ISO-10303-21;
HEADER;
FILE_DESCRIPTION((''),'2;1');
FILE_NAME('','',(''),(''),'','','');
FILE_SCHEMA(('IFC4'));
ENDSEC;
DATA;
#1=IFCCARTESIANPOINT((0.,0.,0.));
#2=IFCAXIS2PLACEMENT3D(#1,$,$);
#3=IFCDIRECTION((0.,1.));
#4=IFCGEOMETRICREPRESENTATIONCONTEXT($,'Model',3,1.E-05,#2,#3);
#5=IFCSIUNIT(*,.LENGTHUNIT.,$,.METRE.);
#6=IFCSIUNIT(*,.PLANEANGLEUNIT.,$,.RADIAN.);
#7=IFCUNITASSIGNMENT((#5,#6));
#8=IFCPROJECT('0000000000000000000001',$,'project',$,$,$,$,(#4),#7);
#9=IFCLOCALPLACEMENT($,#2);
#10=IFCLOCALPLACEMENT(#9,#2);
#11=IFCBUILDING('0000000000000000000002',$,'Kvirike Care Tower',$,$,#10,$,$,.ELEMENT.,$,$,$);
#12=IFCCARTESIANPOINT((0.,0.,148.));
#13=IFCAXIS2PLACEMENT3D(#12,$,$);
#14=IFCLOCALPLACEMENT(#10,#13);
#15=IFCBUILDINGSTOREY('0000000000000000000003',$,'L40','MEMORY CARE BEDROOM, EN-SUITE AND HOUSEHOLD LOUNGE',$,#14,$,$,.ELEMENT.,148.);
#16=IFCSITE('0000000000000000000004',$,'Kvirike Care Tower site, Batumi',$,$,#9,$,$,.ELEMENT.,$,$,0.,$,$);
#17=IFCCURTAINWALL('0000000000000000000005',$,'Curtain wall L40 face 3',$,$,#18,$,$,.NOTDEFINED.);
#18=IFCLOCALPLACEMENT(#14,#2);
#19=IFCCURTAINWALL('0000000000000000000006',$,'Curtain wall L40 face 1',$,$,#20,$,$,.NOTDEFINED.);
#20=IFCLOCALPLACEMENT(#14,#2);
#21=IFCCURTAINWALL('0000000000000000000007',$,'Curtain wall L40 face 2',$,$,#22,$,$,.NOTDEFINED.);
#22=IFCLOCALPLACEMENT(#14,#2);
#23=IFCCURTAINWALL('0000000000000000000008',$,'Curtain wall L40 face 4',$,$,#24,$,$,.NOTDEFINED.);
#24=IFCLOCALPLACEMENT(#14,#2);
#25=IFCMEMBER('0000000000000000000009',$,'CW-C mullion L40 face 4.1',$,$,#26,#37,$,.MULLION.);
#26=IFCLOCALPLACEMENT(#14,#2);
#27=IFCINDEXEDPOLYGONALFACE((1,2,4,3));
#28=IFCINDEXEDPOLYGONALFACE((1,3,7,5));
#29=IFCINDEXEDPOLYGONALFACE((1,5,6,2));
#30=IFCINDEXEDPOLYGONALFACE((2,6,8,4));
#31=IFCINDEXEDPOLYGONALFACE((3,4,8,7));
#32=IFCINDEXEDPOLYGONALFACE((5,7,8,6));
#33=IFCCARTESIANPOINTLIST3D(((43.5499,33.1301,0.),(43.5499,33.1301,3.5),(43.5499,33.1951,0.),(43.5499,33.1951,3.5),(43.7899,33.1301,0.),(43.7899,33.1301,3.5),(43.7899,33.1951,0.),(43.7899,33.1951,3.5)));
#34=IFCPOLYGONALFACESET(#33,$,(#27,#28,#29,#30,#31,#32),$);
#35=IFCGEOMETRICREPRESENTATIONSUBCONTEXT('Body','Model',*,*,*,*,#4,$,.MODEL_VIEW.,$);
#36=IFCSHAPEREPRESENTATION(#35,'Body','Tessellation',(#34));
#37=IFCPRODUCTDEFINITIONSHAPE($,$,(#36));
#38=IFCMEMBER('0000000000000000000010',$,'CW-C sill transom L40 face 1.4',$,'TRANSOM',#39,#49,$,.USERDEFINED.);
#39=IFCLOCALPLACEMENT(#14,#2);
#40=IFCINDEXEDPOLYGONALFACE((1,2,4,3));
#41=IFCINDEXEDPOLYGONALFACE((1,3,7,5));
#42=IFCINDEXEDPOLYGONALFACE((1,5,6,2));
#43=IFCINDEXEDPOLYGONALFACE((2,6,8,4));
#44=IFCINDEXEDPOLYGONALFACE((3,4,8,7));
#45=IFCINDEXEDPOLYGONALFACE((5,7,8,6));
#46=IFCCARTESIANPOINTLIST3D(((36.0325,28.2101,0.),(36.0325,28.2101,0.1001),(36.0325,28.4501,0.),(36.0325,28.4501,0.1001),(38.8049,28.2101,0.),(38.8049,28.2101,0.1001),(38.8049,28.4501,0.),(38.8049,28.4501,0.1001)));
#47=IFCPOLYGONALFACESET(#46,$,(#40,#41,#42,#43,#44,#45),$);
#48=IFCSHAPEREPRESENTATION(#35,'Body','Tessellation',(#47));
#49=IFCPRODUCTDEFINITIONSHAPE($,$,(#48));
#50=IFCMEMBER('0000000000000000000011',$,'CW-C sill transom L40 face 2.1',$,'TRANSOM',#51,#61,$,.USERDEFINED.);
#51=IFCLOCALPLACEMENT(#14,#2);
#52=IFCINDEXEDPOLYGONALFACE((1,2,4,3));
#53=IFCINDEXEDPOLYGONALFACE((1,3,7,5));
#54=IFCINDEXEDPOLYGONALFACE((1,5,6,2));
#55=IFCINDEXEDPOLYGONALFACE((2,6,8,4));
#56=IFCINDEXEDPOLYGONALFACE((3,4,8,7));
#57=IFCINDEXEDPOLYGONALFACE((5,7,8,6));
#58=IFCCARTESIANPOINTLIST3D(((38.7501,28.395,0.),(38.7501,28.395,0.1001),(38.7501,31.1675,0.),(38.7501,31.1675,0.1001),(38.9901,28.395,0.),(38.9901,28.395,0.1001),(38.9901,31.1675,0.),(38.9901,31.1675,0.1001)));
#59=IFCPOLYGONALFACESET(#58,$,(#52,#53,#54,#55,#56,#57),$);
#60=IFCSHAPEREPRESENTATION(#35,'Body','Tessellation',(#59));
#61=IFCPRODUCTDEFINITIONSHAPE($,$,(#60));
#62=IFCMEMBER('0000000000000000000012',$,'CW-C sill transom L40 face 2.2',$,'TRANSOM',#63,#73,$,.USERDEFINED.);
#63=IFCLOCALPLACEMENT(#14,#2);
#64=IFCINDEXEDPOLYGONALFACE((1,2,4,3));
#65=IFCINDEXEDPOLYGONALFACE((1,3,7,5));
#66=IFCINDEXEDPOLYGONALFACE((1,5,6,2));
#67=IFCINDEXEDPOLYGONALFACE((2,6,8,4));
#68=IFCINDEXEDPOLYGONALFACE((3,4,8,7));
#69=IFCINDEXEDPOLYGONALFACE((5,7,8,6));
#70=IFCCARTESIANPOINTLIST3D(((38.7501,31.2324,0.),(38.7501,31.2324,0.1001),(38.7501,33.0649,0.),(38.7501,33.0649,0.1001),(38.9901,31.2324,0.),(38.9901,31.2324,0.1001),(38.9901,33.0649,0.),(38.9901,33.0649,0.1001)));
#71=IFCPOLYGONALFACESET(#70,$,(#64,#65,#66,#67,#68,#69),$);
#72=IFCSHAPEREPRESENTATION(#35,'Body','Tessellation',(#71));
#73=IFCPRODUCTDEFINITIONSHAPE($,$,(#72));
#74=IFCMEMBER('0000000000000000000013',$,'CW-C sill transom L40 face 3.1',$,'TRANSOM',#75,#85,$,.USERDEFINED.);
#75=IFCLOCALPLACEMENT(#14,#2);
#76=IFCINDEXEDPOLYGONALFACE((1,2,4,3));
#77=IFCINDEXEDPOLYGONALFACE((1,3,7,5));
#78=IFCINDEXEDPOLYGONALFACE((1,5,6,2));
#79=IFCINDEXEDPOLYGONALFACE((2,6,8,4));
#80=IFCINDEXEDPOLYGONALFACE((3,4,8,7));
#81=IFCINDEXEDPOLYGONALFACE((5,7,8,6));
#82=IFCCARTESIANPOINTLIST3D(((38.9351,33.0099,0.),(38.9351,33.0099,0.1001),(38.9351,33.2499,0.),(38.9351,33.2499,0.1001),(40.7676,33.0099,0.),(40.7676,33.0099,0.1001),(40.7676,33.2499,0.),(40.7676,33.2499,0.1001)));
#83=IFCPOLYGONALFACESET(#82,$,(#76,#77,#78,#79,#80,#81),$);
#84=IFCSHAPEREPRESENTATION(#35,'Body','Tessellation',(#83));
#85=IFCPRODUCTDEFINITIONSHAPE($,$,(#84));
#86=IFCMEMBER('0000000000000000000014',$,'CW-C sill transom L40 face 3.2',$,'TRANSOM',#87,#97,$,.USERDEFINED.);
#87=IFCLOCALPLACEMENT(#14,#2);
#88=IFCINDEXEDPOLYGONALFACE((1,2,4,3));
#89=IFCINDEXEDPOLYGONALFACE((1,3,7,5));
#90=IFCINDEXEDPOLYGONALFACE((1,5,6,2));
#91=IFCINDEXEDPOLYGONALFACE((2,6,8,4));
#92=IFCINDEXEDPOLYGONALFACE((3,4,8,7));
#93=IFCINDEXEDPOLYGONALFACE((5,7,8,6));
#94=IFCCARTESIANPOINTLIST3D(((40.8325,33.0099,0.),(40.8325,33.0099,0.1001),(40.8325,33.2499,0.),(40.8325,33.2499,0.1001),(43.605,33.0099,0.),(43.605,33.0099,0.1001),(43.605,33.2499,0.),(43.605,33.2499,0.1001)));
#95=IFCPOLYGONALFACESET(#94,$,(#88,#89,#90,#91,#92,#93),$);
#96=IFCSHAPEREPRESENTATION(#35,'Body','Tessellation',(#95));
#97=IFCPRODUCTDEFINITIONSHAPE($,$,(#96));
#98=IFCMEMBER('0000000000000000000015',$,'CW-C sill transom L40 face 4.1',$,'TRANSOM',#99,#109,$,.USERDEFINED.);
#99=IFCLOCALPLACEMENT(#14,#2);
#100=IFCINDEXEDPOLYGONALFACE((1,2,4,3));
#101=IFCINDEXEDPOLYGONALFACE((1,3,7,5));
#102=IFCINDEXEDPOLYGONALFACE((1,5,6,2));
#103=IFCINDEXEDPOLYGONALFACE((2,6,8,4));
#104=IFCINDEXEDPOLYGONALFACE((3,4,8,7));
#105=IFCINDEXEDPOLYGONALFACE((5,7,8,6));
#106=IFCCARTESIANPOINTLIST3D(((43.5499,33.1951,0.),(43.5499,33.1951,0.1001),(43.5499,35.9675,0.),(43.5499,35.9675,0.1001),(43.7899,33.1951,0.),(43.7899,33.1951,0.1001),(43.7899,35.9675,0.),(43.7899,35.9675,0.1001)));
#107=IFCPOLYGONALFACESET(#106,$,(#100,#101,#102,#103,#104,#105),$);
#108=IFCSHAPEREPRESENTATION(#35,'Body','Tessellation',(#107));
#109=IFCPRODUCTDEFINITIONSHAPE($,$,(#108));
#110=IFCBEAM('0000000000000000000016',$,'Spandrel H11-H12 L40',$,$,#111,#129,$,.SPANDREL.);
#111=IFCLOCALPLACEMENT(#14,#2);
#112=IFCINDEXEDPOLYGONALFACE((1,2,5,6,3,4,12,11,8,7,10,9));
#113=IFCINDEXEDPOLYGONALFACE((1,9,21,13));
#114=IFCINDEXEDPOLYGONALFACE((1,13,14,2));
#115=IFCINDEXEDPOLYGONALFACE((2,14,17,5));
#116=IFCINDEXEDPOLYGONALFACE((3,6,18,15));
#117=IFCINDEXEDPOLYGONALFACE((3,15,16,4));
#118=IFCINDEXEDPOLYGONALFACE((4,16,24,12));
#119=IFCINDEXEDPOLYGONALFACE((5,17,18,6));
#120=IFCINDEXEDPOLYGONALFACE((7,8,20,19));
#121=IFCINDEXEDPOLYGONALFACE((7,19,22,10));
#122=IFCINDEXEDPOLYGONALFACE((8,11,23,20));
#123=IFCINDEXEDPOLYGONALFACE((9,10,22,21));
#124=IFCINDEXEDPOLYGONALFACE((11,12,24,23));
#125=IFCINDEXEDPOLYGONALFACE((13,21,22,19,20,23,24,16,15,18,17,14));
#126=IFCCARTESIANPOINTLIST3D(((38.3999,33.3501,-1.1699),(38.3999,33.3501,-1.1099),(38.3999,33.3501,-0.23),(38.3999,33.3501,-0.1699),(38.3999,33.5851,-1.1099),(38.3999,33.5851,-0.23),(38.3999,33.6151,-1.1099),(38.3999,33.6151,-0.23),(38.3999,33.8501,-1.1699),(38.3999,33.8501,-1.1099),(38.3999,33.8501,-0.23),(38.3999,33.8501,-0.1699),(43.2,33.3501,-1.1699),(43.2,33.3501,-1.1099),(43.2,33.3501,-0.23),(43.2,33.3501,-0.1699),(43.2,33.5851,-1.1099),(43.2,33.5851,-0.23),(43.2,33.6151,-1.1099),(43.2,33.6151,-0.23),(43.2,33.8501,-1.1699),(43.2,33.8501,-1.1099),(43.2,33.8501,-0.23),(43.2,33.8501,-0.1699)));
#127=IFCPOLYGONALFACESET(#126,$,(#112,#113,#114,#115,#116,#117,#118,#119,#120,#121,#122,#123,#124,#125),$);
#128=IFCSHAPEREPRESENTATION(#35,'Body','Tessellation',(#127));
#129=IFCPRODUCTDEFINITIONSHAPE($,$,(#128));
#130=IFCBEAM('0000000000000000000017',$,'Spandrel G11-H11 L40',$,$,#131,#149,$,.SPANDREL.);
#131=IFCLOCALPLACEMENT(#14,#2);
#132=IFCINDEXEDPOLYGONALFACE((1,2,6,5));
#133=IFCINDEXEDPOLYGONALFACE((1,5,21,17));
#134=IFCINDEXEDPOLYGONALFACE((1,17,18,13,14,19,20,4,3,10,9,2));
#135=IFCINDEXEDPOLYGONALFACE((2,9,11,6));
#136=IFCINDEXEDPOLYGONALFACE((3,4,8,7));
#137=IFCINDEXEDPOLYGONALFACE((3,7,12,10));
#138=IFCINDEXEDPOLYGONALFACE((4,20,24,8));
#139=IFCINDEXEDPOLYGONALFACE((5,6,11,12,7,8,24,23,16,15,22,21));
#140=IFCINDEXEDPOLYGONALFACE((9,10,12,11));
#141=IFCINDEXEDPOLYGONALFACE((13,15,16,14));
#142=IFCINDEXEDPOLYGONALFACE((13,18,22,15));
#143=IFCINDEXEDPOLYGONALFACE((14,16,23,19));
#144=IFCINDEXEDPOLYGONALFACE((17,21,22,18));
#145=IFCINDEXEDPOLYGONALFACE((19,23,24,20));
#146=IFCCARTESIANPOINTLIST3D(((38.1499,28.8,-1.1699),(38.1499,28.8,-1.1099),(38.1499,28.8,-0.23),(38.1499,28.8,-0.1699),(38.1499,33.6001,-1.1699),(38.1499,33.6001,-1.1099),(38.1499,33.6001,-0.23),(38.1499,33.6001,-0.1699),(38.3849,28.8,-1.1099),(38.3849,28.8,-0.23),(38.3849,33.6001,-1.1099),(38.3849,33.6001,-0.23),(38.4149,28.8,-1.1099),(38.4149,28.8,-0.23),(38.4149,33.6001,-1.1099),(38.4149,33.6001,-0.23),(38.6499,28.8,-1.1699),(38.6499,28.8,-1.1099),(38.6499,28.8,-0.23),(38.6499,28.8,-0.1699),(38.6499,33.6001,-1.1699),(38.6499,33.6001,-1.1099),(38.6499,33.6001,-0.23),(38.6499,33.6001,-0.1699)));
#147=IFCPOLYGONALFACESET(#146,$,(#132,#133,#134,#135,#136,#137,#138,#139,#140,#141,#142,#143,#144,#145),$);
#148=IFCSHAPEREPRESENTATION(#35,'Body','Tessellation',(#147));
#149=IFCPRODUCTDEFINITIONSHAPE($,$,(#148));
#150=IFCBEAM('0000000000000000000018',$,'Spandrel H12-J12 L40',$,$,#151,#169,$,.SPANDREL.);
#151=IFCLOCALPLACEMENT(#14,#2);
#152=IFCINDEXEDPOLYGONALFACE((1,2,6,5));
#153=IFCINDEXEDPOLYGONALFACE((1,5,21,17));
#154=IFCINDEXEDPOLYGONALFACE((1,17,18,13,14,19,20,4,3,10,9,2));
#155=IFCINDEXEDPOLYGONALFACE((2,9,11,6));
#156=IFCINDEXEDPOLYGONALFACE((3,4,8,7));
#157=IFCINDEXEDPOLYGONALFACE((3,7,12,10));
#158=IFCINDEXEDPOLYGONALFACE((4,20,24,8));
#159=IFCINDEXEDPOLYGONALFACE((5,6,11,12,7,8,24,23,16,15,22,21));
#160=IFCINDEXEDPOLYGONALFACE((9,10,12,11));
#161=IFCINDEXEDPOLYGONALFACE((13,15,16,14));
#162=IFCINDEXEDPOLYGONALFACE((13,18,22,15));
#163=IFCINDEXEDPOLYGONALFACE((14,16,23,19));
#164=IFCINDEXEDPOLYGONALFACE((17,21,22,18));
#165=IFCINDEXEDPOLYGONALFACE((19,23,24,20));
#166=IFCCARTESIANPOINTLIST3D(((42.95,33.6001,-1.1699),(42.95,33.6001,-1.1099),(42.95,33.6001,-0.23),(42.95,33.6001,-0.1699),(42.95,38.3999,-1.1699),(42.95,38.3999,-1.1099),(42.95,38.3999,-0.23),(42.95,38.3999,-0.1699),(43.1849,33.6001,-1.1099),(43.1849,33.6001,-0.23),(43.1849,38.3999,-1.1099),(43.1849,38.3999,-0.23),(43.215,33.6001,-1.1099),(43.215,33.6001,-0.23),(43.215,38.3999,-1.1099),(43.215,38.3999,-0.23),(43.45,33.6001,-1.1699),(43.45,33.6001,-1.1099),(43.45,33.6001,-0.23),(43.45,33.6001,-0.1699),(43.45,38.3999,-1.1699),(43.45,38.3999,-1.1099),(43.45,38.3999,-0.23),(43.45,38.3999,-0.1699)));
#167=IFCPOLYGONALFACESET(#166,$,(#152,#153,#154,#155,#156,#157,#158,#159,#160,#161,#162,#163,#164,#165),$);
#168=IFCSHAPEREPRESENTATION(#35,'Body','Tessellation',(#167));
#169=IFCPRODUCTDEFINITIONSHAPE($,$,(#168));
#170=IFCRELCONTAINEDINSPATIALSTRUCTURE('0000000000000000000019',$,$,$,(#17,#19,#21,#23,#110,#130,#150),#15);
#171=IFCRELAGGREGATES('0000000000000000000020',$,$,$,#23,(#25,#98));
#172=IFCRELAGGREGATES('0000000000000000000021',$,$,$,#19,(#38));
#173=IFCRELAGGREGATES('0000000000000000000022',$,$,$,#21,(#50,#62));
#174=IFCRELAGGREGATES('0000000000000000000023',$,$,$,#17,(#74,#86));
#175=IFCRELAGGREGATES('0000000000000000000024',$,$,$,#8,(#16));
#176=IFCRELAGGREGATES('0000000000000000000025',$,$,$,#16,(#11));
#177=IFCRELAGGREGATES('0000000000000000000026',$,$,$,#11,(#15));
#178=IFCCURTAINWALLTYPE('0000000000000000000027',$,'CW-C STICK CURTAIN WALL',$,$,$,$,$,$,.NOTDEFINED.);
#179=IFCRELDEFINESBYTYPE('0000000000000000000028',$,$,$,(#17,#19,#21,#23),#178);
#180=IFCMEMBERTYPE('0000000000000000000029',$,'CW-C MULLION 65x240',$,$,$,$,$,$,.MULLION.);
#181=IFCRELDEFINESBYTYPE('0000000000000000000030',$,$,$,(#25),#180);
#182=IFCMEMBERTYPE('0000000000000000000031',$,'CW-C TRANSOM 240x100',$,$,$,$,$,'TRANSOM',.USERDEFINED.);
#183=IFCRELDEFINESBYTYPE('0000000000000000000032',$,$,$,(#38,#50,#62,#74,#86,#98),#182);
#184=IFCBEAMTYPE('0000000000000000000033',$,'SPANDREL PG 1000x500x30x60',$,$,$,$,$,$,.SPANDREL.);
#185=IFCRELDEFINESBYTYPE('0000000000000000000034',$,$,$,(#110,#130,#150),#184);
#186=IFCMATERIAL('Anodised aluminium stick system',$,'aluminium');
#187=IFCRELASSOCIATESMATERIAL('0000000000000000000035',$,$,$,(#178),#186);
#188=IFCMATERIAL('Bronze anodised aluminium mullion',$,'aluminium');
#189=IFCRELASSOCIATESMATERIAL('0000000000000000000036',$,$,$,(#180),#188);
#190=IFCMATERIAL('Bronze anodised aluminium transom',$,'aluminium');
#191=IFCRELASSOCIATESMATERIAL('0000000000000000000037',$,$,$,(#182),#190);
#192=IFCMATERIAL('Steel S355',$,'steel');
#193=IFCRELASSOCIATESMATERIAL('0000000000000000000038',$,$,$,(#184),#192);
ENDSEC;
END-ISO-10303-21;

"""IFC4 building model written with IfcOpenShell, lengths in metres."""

from ifc_helpers import new_model, si_unit, direction, frame, origin, origin_2d, place, context, subcontext, project, spatial, rectangle, i_section, extrude, material, material_profile, profile_set, type_object, element, aggregate, save


model = new_model("IFC4")

# Units and contexts
model_context = context("Model", 3, precision=1e-05, world=origin(), true_north=direction((0.0, 1.0)))
body_context = subcontext(model_context, "Body", "Model", "MODEL_VIEW")
ifc_project = project(units=[si_unit("LENGTHUNIT", "METRE"), si_unit("PLANEANGLEUNIT", "RADIAN")], contexts=[model_context])

# Site, building, storey
site_placement = place(None, origin())
site = spatial("IfcSite", under=ifc_project, at=site_placement, Name="Kvirike Care Tower site, Batumi", CompositionType="ELEMENT", RefElevation=0.0)
building_placement = place(site_placement, origin())
building = spatial("IfcBuilding", under=site, at=building_placement, Name="Kvirike Care Tower", CompositionType="ELEMENT")
storey_placement = place(building_placement, frame((0.0, 0.0, 148.0)))
storey = spatial("IfcBuildingStorey", under=building, at=storey_placement, Name="L40", Description="MEMORY CARE BEDROOM, EN-SUITE AND HOUSEHOLD LOUNGE", CompositionType="ELEMENT", Elevation=148.0)

# Curtain walls
ifc_material_1 = material(Name="Anodised aluminium stick system", Category="aluminium")
curtain_wall_type = type_object("IfcCurtainWallType", Name="CW-C STICK CURTAIN WALL", PredefinedType="NOTDEFINED", material=ifc_material_1)
curtain_wall_1_placement = place(storey_placement, origin())
curtain_wall_1 = element("IfcCurtainWall", 1, at=curtain_wall_1_placement, inside=storey, type_object=curtain_wall_type, Name="Curtain wall L40 face 3", PredefinedType="NOTDEFINED")
curtain_wall_2_placement = place(storey_placement, origin())
curtain_wall_2 = element("IfcCurtainWall", 2, at=curtain_wall_2_placement, inside=storey, type_object=curtain_wall_type, Name="Curtain wall L40 face 1", PredefinedType="NOTDEFINED")
ifc_material_2 = material(Name="Bronze anodised aluminium mullion", Category="aluminium")
ifc_material_profile_1 = material_profile(ifc_material_2, rectangle(XDim=0.0649, YDim=0.24, at=origin_2d()), Name="CW-C MULLION 65x240")
ifc_profile_set_1 = profile_set([ifc_material_profile_1], Name="Bronze anodised aluminium mullion")
member_type_1 = type_object("IfcMemberType", Name="CW-C MULLION 65x240", PredefinedType="MULLION", material=ifc_profile_set_1)

# Curtain wall
curtain_wall_3_placement = place(storey_placement, origin())
curtain_wall_3 = element("IfcCurtainWall", 3, at=curtain_wall_3_placement, inside=storey, type_object=curtain_wall_type, Name="Curtain wall L40 face 2", PredefinedType="NOTDEFINED")

# Curtain wall, member
curtain_wall_4_placement = place(storey_placement, origin())
curtain_wall_4 = element("IfcCurtainWall", 4, at=curtain_wall_4_placement, inside=storey, type_object=curtain_wall_type, Name="Curtain wall L40 face 4", PredefinedType="NOTDEFINED")
member_1_placement = place(storey_placement, frame((43.6699, 33.1626, 0.0), z_axis=(0.0, 0.0, 1.0), x_axis=(0.0, 1.0, 0.0)))
member_1 = element("IfcMember", 5, at=member_1_placement, type_object=member_type_1, Name="CW-C mullion L40 face 4.1", PredefinedType="MULLION", context=body_context, shape_type="SweptSolid", body=[
    extrude(rectangle(XDim=0.0649, YDim=0.24, at=origin_2d()), origin(), (0.0, 0.0, 1.0), 3.5),
])

# Members
ifc_material_3 = material(Name="Bronze anodised aluminium transom", Category="aluminium")
ifc_material_profile_2 = material_profile(ifc_material_3, rectangle(XDim=0.24, YDim=0.1001, at=origin_2d()), Name="CW-C TRANSOM 240x100")
ifc_profile_set_2 = profile_set([ifc_material_profile_2], Name="Bronze anodised aluminium transom")
member_type_2 = type_object("IfcMemberType", Name="CW-C TRANSOM 240x100", ElementType="TRANSOM", PredefinedType="USERDEFINED", material=ifc_profile_set_2)
member_2_placement = place(storey_placement, frame((36.0325, 28.3301, 0.05), z_axis=(1.0, 0.0, 0.0), x_axis=(0.0, 1.0, 0.0)))
member_2 = element("IfcMember", 6, at=member_2_placement, type_object=member_type_2, Name="CW-C sill transom L40 face 1.4", ObjectType="TRANSOM", PredefinedType="USERDEFINED", context=body_context, shape_type="SweptSolid", body=[
    extrude(rectangle(XDim=0.24, YDim=0.1001, at=origin_2d()), origin(), (0.0, 0.0, 1.0), 2.7725),
])
member_3_placement = place(storey_placement, frame((38.8701, 28.395, 0.05), z_axis=(0.0, 1.0, 0.0), x_axis=(-1.0, 0.0, 0.0)))
member_3 = element("IfcMember", 7, at=member_3_placement, type_object=member_type_2, Name="CW-C sill transom L40 face 2.1", ObjectType="TRANSOM", PredefinedType="USERDEFINED", context=body_context, shape_type="SweptSolid", body=[
    extrude(rectangle(XDim=0.24, YDim=0.1001, at=origin_2d()), origin(), (0.0, 0.0, 1.0), 2.7725),
])
member_4_placement = place(storey_placement, frame((38.8701, 31.2324, 0.05), z_axis=(0.0, 1.0, 0.0), x_axis=(-1.0, 0.0, 0.0)))
member_4 = element("IfcMember", 8, at=member_4_placement, type_object=member_type_2, Name="CW-C sill transom L40 face 2.2", ObjectType="TRANSOM", PredefinedType="USERDEFINED", context=body_context, shape_type="SweptSolid", body=[
    extrude(rectangle(XDim=0.24, YDim=0.1001, at=origin_2d()), origin(), (0.0, 0.0, 1.0), 1.8325),
])
member_5_placement = place(storey_placement, frame((38.9351, 33.1299, 0.05), z_axis=(1.0, 0.0, 0.0), x_axis=(0.0, 1.0, 0.0)))
member_5 = element("IfcMember", 9, at=member_5_placement, type_object=member_type_2, Name="CW-C sill transom L40 face 3.1", ObjectType="TRANSOM", PredefinedType="USERDEFINED", context=body_context, shape_type="SweptSolid", body=[
    extrude(rectangle(XDim=0.24, YDim=0.1001, at=origin_2d()), origin(), (0.0, 0.0, 1.0), 1.8325),
])
member_6_placement = place(storey_placement, frame((40.8325, 33.1299, 0.05), z_axis=(1.0, 0.0, 0.0), x_axis=(0.0, 1.0, 0.0)))
member_6 = element("IfcMember", 10, at=member_6_placement, type_object=member_type_2, Name="CW-C sill transom L40 face 3.2", ObjectType="TRANSOM", PredefinedType="USERDEFINED", context=body_context, shape_type="SweptSolid", body=[
    extrude(rectangle(XDim=0.24, YDim=0.1001, at=origin_2d()), origin(), (0.0, 0.0, 1.0), 2.7725),
])
member_7_placement = place(storey_placement, frame((43.6699, 33.1951, 0.05), z_axis=(0.0, 1.0, 0.0), x_axis=(-1.0, 0.0, 0.0)))
member_7 = element("IfcMember", 11, at=member_7_placement, type_object=member_type_2, Name="CW-C sill transom L40 face 4.1", ObjectType="TRANSOM", PredefinedType="USERDEFINED", context=body_context, shape_type="SweptSolid", body=[
    extrude(rectangle(XDim=0.24, YDim=0.1001, at=origin_2d()), origin(), (0.0, 0.0, 1.0), 2.7725),
])
aggregate(curtain_wall_4, [member_1, member_7])

# Beams
ifc_material_4 = material(Name="Steel S355", Category="steel")
ifc_material_profile_3 = material_profile(ifc_material_4, i_section(OverallWidth=0.5, OverallDepth=1.0, WebThickness=0.03, FlangeThickness=0.0601, at=origin_2d()), Name="PG 1000x500x30x60")
ifc_profile_set_3 = profile_set([ifc_material_profile_3], Name="Steel S355")
beam_type_1 = type_object("IfcBeamType", Name="SPANDREL PG 1000x500x30x60", PredefinedType="SPANDREL", material=ifc_profile_set_3)
for number, where, z_axis, x_axis, name in (
    (12, (38.3999, 33.6001, -0.6699), (1.0, 0.0, 0.0), (0.0, 1.0, 0.0), "Spandrel H11-H12 L40"),
    (13, (38.3999, 28.8, -0.6699), (0.0, 1.0, 0.0), (-1.0, 0.0, 0.0), "Spandrel G11-H11 L40"),
):
    element("IfcBeam", number, at=place(storey_placement, frame(where, z_axis=z_axis, x_axis=x_axis)), inside=storey, type_object=beam_type_1, Name=name, PredefinedType="SPANDREL", context=body_context, shape_type="SweptSolid", body=[
        extrude(i_section(OverallWidth=0.5, OverallDepth=1.0, WebThickness=0.03, FlangeThickness=0.0601, at=origin_2d()), origin(), (0.0, 0.0, 1.0), 4.8),
    ])
beam_1_placement = place(storey_placement, frame((43.2, 33.6001, -0.6699), z_axis=(0.0, 1.0, 0.0), x_axis=(-1.0, 0.0, 0.0)))
element("IfcBeam", 14, at=beam_1_placement, inside=storey, type_object=beam_type_1, Name="Spandrel H12-J12 L40", PredefinedType="SPANDREL", context=body_context, shape_type="SweptSolid", body=[
    extrude(i_section(OverallWidth=0.5, OverallDepth=1.0, WebThickness=0.03, FlangeThickness=0.0601, at=origin_2d()), origin(), (0.0, 0.0, 1.0), 4.7998),
])

aggregate(curtain_wall_2, [member_2])
aggregate(curtain_wall_3, [member_3, member_4])
aggregate(curtain_wall_1, [member_5, member_6])

save(model, "model.ifc")
